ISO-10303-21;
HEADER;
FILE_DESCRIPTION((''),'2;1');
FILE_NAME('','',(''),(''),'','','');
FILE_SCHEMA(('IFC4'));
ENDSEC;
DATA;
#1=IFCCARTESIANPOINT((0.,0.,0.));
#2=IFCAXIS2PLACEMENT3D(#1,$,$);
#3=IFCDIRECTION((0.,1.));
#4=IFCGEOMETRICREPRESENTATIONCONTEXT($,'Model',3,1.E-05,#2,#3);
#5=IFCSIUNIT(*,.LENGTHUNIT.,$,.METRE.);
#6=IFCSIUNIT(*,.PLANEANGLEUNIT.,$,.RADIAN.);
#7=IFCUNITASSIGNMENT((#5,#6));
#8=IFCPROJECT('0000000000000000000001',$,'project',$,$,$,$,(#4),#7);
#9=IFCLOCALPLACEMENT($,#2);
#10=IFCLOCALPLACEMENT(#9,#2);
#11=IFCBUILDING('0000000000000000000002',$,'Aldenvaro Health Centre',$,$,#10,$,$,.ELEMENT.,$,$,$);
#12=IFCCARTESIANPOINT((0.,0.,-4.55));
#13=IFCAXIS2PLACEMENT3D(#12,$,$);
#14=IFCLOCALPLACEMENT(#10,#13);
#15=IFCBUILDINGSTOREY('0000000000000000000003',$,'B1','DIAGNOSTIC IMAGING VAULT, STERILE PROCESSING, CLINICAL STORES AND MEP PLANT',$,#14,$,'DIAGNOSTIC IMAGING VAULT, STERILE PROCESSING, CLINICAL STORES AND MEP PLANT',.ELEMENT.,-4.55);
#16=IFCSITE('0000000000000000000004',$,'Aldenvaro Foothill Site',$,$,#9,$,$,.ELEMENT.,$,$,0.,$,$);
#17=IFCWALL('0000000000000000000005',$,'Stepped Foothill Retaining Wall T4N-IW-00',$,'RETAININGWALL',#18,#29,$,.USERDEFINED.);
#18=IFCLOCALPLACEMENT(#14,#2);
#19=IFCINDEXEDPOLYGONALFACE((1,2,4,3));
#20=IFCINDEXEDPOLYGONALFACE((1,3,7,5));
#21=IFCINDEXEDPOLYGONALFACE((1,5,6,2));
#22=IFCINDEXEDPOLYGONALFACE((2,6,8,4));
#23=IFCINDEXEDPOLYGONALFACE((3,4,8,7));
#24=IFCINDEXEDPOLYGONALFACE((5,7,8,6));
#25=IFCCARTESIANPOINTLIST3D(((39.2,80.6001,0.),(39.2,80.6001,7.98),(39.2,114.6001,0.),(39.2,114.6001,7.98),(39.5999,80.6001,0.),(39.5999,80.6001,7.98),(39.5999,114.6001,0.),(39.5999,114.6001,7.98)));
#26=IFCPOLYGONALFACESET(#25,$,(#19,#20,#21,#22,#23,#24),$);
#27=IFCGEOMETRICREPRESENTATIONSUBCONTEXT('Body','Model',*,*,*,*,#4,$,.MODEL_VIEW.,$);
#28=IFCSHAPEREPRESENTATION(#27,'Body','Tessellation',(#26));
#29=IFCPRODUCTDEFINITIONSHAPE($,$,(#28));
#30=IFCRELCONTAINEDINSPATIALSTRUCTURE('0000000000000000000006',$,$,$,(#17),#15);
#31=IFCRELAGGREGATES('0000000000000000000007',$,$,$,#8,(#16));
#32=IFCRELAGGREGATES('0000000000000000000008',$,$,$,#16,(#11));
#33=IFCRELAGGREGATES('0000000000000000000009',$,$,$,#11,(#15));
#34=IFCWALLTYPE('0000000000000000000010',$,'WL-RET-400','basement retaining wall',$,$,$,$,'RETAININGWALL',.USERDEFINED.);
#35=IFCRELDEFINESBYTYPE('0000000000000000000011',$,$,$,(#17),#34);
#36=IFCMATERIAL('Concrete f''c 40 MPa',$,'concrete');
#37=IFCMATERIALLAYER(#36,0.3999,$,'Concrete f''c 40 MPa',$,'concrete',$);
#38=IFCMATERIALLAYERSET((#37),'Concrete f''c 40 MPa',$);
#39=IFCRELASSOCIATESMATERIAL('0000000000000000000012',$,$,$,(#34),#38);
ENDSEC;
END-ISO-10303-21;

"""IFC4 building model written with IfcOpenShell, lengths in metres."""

from ifc_helpers import new_model, si_unit, direction, frame, frame_2d, origin, place, context, subcontext, project, spatial, rectangle, extrude, material, layer, layer_set, type_object, element, save


model = new_model("IFC4")

# Units and contexts
model_context = context("Model", 3, precision=1e-05, world=origin(), true_north=direction((0.0, 1.0)))
body_context = subcontext(model_context, "Body", "Model", "MODEL_VIEW")
ifc_project = project(units=[si_unit("LENGTHUNIT", "METRE"), si_unit("PLANEANGLEUNIT", "RADIAN")], contexts=[model_context])

# Site, building, storey
site_placement = place(None, origin())
site = spatial("IfcSite", under=ifc_project, at=site_placement, Name="Aldenvaro Foothill Site", CompositionType="ELEMENT", RefElevation=0.0)
building_placement = place(site_placement, origin())
building = spatial("IfcBuilding", under=site, at=building_placement, Name="Aldenvaro Health Centre", CompositionType="ELEMENT")
storey_placement = place(building_placement, frame((0.0, 0.0, -4.55)))
storey = spatial("IfcBuildingStorey", under=building, at=storey_placement, Name="B1", Description="DIAGNOSTIC IMAGING VAULT, STERILE PROCESSING, CLINICAL STORES AND MEP PLANT", LongName="DIAGNOSTIC IMAGING VAULT, STERILE PROCESSING, CLINICAL STORES AND MEP PLANT", CompositionType="ELEMENT", Elevation=-4.55)

# Shared definitions
ifc_material_1 = material(Name="Concrete f'c 40 MPa", Category="concrete")

# Wall
ifc_layer_1 = layer(ifc_material_1, 0.3999, Name="Concrete f'c 40 MPa", Category="concrete")
ifc_layer_set_1 = layer_set([ifc_layer_1], Name="Concrete f'c 40 MPa")
wall_type_1 = type_object("IfcWallType", Name="WL-RET-400", Description="basement retaining wall", ElementType="RETAININGWALL", PredefinedType="USERDEFINED", material=ifc_layer_set_1)
wall_1_placement = place(storey_placement, frame((39.3999, 80.6001, 0.0), z_axis=(0.0, 0.0, 1.0), x_axis=(0.0, 1.0, 0.0)))
element("IfcWall", 1, at=wall_1_placement, inside=storey, type_object=wall_type_1, Name="Stepped Foothill Retaining Wall T4N-IW-00", ObjectType="RETAININGWALL", PredefinedType="USERDEFINED", context=body_context, shape_type="SweptSolid", body=[
    extrude(rectangle(XDim=34.0, YDim=0.3999, at=frame_2d((17.0, 0.0))), origin(), (0.0, 0.0, 1.0), 7.98),
])

save(model, "model.ifc")
